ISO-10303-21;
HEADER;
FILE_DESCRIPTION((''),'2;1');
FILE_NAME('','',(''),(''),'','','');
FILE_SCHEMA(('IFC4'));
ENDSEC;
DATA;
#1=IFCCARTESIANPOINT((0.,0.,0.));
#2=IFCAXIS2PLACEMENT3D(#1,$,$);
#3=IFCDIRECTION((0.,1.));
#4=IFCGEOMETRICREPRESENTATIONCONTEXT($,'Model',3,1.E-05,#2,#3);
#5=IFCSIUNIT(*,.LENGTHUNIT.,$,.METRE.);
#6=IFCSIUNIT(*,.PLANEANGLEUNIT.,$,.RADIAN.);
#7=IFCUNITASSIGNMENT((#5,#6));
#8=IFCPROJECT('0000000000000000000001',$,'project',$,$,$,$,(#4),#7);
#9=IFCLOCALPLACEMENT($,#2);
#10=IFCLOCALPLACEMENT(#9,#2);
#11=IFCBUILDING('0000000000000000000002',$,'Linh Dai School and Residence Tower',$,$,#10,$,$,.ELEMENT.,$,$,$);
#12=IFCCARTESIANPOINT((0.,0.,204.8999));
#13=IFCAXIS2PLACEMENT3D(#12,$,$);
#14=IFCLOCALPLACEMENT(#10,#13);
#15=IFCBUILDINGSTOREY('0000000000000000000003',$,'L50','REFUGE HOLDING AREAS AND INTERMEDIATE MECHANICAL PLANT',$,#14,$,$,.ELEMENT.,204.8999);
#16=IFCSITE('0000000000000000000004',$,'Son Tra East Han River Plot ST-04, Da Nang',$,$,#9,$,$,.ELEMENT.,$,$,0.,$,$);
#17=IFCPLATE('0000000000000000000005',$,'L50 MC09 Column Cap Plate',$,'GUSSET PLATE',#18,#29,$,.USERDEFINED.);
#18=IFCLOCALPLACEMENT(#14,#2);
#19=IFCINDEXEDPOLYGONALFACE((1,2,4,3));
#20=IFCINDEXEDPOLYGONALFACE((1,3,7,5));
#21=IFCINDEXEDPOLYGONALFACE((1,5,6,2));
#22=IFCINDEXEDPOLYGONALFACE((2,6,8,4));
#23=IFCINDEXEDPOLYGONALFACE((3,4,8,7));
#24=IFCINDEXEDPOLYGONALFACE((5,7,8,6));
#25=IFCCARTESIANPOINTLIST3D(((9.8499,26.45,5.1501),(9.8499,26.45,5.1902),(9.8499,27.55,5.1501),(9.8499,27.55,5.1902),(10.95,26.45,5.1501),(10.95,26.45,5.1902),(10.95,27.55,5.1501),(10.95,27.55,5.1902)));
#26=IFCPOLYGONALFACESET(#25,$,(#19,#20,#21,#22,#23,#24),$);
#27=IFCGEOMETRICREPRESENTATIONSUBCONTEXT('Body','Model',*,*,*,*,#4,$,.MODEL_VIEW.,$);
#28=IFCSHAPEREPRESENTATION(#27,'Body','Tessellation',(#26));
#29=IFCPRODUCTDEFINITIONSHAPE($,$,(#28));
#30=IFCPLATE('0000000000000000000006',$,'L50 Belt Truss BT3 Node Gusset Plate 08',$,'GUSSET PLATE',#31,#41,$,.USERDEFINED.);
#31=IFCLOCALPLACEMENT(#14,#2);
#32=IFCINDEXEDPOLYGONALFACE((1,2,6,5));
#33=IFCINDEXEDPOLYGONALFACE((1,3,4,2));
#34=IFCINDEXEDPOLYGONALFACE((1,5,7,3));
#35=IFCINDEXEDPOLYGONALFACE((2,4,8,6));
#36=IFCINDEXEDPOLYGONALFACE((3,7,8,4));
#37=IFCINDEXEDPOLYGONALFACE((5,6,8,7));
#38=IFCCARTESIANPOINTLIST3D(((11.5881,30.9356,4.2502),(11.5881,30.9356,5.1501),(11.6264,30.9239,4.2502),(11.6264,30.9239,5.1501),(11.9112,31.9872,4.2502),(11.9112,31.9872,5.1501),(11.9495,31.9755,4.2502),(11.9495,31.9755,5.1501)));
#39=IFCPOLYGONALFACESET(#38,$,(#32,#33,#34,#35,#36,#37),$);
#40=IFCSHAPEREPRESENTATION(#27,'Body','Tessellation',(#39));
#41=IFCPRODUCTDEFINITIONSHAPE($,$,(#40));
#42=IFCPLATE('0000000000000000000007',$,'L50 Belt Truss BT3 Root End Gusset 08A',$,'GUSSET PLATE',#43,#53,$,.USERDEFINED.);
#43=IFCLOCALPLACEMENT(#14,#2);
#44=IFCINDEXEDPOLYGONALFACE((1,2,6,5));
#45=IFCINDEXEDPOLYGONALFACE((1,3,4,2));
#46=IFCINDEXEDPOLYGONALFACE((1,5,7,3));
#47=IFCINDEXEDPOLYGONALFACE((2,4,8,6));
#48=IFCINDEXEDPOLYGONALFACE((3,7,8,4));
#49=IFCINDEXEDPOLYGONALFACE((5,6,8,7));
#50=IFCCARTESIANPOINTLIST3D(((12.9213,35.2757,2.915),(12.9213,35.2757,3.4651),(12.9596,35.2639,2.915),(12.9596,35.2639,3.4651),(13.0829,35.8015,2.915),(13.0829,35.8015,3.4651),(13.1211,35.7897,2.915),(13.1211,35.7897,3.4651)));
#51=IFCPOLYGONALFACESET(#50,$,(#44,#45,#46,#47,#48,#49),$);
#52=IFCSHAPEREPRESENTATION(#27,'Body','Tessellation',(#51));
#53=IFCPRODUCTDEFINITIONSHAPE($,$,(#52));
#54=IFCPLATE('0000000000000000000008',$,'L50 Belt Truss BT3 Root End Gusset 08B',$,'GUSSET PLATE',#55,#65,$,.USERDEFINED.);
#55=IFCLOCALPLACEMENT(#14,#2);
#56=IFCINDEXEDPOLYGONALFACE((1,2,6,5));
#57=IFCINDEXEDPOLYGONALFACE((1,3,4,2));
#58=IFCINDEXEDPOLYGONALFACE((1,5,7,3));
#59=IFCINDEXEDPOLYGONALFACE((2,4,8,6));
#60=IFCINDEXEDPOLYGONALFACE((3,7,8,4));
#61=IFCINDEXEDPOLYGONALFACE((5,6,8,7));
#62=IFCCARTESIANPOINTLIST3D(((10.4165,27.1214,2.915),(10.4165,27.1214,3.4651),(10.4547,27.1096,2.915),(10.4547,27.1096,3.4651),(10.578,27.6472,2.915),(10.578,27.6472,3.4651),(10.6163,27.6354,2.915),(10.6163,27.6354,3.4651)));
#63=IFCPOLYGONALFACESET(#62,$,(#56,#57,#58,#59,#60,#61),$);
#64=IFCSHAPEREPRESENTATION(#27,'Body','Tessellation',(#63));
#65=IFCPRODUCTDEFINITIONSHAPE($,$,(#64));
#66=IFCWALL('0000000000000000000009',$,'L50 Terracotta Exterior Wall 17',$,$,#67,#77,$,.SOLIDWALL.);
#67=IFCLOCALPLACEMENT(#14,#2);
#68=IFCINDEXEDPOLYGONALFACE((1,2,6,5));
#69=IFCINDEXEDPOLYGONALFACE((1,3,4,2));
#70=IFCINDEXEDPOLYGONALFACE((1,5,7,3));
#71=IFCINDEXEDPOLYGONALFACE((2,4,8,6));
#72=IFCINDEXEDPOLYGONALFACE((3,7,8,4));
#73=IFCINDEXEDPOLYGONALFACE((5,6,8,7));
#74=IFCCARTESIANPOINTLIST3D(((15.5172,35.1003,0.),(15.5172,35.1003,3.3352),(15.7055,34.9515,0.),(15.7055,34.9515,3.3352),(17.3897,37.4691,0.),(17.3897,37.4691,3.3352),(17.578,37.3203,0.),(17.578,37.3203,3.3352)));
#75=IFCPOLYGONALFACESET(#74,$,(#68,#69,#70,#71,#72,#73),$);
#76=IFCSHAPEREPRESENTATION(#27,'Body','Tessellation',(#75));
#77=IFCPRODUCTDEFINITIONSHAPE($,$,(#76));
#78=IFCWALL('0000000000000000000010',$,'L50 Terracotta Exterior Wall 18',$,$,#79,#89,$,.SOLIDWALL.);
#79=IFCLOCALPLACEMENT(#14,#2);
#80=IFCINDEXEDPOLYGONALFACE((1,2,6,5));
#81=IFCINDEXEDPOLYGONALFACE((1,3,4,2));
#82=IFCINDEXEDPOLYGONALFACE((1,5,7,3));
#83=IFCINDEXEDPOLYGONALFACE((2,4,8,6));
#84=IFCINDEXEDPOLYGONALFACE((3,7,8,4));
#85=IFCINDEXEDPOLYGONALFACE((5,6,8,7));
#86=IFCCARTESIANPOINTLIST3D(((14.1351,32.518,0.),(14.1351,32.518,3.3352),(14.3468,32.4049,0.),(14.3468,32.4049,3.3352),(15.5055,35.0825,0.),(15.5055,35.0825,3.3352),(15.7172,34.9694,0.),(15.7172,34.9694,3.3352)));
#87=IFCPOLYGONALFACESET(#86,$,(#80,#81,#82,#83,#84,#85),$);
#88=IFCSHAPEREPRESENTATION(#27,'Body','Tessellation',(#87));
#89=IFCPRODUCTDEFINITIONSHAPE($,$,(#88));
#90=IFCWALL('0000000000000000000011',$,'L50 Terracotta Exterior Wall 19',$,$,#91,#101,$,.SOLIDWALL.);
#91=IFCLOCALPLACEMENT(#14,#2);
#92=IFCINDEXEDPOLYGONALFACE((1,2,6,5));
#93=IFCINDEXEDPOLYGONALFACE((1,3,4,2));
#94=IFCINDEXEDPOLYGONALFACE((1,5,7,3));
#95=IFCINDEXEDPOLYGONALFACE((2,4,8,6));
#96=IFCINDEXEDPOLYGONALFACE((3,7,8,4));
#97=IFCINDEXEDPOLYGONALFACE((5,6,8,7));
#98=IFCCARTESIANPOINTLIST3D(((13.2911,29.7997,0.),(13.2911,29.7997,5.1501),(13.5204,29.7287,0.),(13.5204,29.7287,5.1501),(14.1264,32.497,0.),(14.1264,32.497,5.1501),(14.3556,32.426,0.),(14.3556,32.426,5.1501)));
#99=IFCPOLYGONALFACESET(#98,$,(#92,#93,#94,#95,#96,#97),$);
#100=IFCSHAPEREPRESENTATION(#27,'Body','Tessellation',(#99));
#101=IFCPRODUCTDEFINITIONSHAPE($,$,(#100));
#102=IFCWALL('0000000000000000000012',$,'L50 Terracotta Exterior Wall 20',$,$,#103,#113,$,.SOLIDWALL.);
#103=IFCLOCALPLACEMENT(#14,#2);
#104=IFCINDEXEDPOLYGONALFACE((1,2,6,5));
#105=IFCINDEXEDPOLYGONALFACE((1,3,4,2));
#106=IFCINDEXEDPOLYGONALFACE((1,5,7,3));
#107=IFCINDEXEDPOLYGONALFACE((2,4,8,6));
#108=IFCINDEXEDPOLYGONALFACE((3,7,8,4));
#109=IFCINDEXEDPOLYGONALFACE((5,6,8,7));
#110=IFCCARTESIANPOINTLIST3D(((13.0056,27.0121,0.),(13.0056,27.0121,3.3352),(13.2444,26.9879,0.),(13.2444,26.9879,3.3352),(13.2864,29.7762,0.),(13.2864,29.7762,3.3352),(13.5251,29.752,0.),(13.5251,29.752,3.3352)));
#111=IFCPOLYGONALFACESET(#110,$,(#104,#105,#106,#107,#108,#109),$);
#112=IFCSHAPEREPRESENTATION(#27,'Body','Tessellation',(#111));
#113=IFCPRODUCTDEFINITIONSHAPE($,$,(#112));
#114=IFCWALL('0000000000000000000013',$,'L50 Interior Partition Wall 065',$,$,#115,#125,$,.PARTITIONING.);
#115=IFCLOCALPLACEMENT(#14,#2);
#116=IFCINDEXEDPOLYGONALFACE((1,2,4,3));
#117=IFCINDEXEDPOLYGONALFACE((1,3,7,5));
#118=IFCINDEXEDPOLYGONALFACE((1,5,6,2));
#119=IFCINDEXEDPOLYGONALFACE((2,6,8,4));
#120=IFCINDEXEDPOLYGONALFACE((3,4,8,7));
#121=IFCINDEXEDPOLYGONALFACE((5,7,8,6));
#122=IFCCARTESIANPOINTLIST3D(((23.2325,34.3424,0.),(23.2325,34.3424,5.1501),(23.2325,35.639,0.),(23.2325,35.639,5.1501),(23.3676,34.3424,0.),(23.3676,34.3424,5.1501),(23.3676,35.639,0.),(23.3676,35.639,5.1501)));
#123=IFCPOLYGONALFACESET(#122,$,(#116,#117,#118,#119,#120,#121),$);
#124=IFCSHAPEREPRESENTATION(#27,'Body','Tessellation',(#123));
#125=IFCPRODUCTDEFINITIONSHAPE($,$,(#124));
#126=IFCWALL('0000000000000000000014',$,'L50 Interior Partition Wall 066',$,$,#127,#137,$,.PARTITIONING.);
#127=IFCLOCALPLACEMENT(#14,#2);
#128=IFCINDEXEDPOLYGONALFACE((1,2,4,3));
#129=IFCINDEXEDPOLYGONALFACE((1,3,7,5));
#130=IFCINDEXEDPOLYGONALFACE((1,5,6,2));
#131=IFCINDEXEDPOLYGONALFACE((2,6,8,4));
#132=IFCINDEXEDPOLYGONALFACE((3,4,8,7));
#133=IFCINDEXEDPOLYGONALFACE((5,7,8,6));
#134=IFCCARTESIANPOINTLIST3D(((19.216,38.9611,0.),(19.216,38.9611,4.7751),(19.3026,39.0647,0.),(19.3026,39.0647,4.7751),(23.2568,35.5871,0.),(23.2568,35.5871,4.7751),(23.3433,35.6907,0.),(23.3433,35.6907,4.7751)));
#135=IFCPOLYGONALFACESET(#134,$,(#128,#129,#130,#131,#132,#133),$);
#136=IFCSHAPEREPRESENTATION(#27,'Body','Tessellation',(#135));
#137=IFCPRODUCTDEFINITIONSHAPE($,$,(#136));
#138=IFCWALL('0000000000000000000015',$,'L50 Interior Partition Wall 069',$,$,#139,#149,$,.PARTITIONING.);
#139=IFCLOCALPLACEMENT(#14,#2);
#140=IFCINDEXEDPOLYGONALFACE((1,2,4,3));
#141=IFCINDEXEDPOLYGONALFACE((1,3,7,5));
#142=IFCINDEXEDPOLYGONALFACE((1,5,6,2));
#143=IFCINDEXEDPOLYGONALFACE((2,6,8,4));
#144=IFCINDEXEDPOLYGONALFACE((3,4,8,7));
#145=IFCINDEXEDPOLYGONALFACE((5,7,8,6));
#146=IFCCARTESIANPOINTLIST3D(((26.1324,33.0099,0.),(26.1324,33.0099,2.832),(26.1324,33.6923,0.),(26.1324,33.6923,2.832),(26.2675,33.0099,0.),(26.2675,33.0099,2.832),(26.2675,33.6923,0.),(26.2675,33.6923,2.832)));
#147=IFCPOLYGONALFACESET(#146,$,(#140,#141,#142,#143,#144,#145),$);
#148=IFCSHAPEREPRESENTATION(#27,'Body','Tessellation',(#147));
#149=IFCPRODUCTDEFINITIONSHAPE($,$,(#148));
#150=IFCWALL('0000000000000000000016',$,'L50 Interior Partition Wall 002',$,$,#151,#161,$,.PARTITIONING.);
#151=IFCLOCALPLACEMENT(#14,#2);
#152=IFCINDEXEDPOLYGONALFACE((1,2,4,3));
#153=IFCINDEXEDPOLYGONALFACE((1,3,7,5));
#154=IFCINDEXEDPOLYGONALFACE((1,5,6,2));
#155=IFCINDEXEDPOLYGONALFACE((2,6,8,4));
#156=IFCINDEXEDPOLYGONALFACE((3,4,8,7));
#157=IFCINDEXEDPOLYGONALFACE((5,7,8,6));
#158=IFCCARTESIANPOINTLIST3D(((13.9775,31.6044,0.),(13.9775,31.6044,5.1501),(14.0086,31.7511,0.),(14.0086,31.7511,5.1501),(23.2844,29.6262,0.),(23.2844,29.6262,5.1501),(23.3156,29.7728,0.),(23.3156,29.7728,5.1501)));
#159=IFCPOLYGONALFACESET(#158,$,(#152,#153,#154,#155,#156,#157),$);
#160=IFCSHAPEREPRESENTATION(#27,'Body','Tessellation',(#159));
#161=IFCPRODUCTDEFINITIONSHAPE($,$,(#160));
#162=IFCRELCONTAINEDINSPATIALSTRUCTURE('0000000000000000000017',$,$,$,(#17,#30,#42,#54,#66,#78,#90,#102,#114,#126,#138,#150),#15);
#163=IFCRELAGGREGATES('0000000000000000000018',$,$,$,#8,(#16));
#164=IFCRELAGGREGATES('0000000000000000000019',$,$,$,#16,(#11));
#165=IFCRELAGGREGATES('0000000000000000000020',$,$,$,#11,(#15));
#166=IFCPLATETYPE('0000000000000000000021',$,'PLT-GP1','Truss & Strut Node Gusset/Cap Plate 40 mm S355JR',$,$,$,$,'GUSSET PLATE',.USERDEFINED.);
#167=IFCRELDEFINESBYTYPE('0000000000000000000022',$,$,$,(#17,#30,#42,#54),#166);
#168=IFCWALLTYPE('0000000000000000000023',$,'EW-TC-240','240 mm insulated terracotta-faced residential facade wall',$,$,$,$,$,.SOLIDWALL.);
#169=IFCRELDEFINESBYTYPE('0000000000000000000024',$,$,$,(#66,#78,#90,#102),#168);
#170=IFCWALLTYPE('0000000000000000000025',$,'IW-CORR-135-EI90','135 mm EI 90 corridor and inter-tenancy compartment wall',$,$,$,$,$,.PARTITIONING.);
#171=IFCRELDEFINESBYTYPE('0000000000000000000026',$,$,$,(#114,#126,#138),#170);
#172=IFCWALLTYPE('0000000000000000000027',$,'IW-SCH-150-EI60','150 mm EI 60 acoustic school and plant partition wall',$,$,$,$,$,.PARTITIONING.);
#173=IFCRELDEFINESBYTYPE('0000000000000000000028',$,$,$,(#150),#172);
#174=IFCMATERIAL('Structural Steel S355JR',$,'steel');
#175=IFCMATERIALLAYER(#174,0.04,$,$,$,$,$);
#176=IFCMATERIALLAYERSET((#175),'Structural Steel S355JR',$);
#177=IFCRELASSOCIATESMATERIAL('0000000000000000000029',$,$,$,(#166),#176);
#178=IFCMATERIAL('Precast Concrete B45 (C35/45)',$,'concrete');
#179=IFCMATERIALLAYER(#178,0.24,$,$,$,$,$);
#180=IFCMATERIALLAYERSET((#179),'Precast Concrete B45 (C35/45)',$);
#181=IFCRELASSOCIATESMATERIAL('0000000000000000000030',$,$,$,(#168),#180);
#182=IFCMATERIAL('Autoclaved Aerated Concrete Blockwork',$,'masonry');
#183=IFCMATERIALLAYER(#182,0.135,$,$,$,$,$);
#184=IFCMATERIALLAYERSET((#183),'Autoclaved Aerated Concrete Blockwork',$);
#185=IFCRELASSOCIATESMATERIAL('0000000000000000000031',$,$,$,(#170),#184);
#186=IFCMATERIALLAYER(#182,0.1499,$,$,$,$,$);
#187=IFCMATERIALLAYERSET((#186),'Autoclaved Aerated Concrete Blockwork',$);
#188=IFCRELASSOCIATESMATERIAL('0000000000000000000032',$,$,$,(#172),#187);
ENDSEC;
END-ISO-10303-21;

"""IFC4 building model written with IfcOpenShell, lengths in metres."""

from ifc_helpers import new_model, si_unit, direction, frame, frame_2d, origin, origin_2d, place, context, subcontext, project, spatial, rectangle, extrude, source, transform, mapped, material, layer, layer_set, type_object, element, save


model = new_model("IFC4")

# Units and contexts
model_context = context("Model", 3, precision=1e-05, world=origin(), true_north=direction((0.0, 1.0)))
body_context = subcontext(model_context, "Body", "Model", "MODEL_VIEW")
ifc_project = project(units=[si_unit("LENGTHUNIT", "METRE"), si_unit("PLANEANGLEUNIT", "RADIAN")], contexts=[model_context])

# Site, building, storey
site_placement = place(None, origin())
site = spatial("IfcSite", under=ifc_project, at=site_placement, Name="Son Tra East Han River Plot ST-04, Da Nang", CompositionType="ELEMENT", RefElevation=0.0)
building_placement = place(site_placement, origin())
building = spatial("IfcBuilding", under=site, at=building_placement, Name="Linh Dai School and Residence Tower", CompositionType="ELEMENT")
storey_placement = place(building_placement, frame((0.0, 0.0, 204.8999)))
storey = spatial("IfcBuildingStorey", under=building, at=storey_placement, Name="L50", Description="REFUGE HOLDING AREAS AND INTERMEDIATE MECHANICAL PLANT", CompositionType="ELEMENT", Elevation=204.8999)

# Shared definitions
ifc_material_1 = material(Name="Structural Steel S355JR", Category="steel")

# Plates
ifc_layer_1 = layer(ifc_material_1, 0.04)
ifc_layer_set_1 = layer_set([ifc_layer_1], Name="Structural Steel S355JR")
plate_type = type_object("IfcPlateType", Name="PLT-GP1", Description="Truss & Strut Node Gusset/Cap Plate 40 mm S355JR", ElementType="GUSSET PLATE", PredefinedType="USERDEFINED", material=ifc_layer_set_1)
shared_shape_1 = source(origin(), body_context, "Body", "SweptSolid", [
    extrude(rectangle(XDim=1.1001, YDim=1.1001, at=origin_2d()), origin(), (0.0, 0.0, 1.0), 0.04),
])
plate_1_placement = place(storey_placement, frame((10.3999, 27.0, 5.1501), z_axis=(0.0, 0.0, 1.0), x_axis=(1.0, 0.0, 0.0)))
element("IfcPlate", 1, at=plate_1_placement, inside=storey, type_object=plate_type, Name="L50 MC09 Column Cap Plate", ObjectType="GUSSET PLATE", PredefinedType="USERDEFINED", context=body_context, shape_type="MappedRepresentation", body=[
    mapped(shared_shape_1, transform((0.0, 0.0, 0.0), x_axis=(1.0, 0.0, 0.0), y_axis=(0.0, 1.0, 0.0), z_axis=(0.0, 0.0, 1.0), scale=1.0)),
])
shared_shape_2 = source(origin(), body_context, "Body", "SweptSolid", [
    extrude(rectangle(XDim=1.1001, YDim=0.04, at=origin_2d()), origin(), (0.0, 0.0, 1.0), 0.8999),
])
plate_2_placement = place(storey_placement, frame((11.7688, 31.4556, 4.2502), z_axis=(0.0, 0.0, 1.0), x_axis=(-0.293644, -0.955915, 0.0)))
element("IfcPlate", 2, at=plate_2_placement, inside=storey, type_object=plate_type, Name="L50 Belt Truss BT3 Node Gusset Plate 08", ObjectType="GUSSET PLATE", PredefinedType="USERDEFINED", context=body_context, shape_type="MappedRepresentation", body=[
    mapped(shared_shape_2, transform((0.0, 0.0, 0.0), x_axis=(1.0, 0.0, 0.0), y_axis=(0.0, 1.0, 0.0), z_axis=(0.0, 0.0, 1.0), scale=1.0)),
])
shared_shape_3 = source(origin(), body_context, "Body", "SweptSolid", [
    extrude(rectangle(XDim=0.55, YDim=0.04, at=origin_2d()), origin(), (0.0, 0.0, 1.0), 0.55),
])
for number, where, z_axis, x_axis, name in (
    (3, (13.0212, 35.5327, 2.915), (0.0, 0.0, 1.0), (-0.293644, -0.955915, 0.0), "L50 Belt Truss BT3 Root End Gusset 08A"),
    (4, (10.5164, 27.3784, 2.915), (0.0, 0.0, 1.0), (-0.293644, -0.955915, 0.0), "L50 Belt Truss BT3 Root End Gusset 08B"),
):
    element("IfcPlate", number, at=place(storey_placement, frame(where, z_axis=z_axis, x_axis=x_axis)), inside=storey, type_object=plate_type, Name=name, ObjectType="GUSSET PLATE", PredefinedType="USERDEFINED", context=body_context, shape_type="MappedRepresentation", body=[
        mapped(shared_shape_3, transform((0.0, 0.0, 0.0), x_axis=(1.0, 0.0, 0.0), y_axis=(0.0, 1.0, 0.0), z_axis=(0.0, 0.0, 1.0), scale=1.0)),
    ])

# Walls
ifc_material_2 = material(Name="Precast Concrete B45 (C35/45)", Category="concrete")
ifc_layer_2 = layer(ifc_material_2, 0.24)
ifc_layer_set_2 = layer_set([ifc_layer_2], Name="Precast Concrete B45 (C35/45)")
wall_type_1 = type_object("IfcWallType", Name="EW-TC-240", Description="240 mm insulated terracotta-faced residential facade wall", PredefinedType="SOLIDWALL", material=ifc_layer_set_2)
wall_1_placement = place(storey_placement, frame((15.6113, 35.0259, 0.0), z_axis=(0.0, 0.0, 1.0), x_axis=(0.620129, 0.7845, 0.0)))
element("IfcWall", 5, at=wall_1_placement, inside=storey, type_object=wall_type_1, Name="L50 Terracotta Exterior Wall 17", PredefinedType="SOLIDWALL", context=body_context, shape_type="SweptSolid", body=[
    extrude(rectangle(XDim=3.0195, YDim=0.24, at=frame_2d((1.5098, 0.0))), origin(), (0.0, 0.0, 1.0), 3.3352),
])
wall_2_placement = place(storey_placement, frame((14.241, 32.4614, 0.0), z_axis=(0.0, 0.0, 1.0), x_axis=(0.471298, 0.881974, 0.0)))
element("IfcWall", 6, at=wall_2_placement, inside=storey, type_object=wall_type_1, Name="L50 Terracotta Exterior Wall 18", PredefinedType="SOLIDWALL", context=body_context, shape_type="SweptSolid", body=[
    extrude(rectangle(XDim=2.9077, YDim=0.24, at=frame_2d((1.4539, 0.0))), origin(), (0.0, 0.0, 1.0), 3.3352),
])
wall_3_placement = place(storey_placement, frame((13.4058, 29.7642, 0.0), z_axis=(0.0, 0.0, 1.0), x_axis=(0.295793, 0.955252, 0.0)))
element("IfcWall", 7, at=wall_3_placement, inside=storey, type_object=wall_type_1, Name="L50 Terracotta Exterior Wall 19", PredefinedType="SOLIDWALL", context=body_context, shape_type="SweptSolid", body=[
    extrude(rectangle(XDim=2.8237, YDim=0.24, at=frame_2d((1.4119, 0.0))), origin(), (0.0, 0.0, 1.0), 5.1501),
])
wall_4_placement = place(storey_placement, frame((13.125, 27.0, 0.0), z_axis=(0.0, 0.0, 1.0), x_axis=(0.101052, 0.994881, 0.0)))
element("IfcWall", 8, at=wall_4_placement, inside=storey, type_object=wall_type_1, Name="L50 Terracotta Exterior Wall 20", PredefinedType="SOLIDWALL", context=body_context, shape_type="SweptSolid", body=[
    extrude(rectangle(XDim=2.7783, YDim=0.24, at=frame_2d((1.3892, 0.0))), origin(), (0.0, 0.0, 1.0), 3.3352),
])
ifc_material_3 = material(Name="Autoclaved Aerated Concrete Blockwork", Category="masonry")
ifc_layer_3 = layer(ifc_material_3, 0.135)
ifc_layer_set_3 = layer_set([ifc_layer_3], Name="Autoclaved Aerated Concrete Blockwork")
wall_type_2 = type_object("IfcWallType", Name="IW-CORR-135-EI90", Description="135 mm EI 90 corridor and inter-tenancy compartment wall", PredefinedType="PARTITIONING", material=ifc_layer_set_3)
wall_5_placement = place(storey_placement, frame((23.3, 34.3423, 0.0), z_axis=(0.0, 0.0, 1.0), x_axis=(0.0, 1.0, 0.0)))
element("IfcWall", 9, at=wall_5_placement, inside=storey, type_object=wall_type_2, Name="L50 Interior Partition Wall 065", PredefinedType="PARTITIONING", context=body_context, shape_type="SweptSolid", body=[
    extrude(rectangle(XDim=1.2966, YDim=0.135, at=frame_2d((0.6484, 0.0))), origin(), (0.0, 0.0, 1.0), 5.1501),
])
wall_6_placement = place(storey_placement, frame((23.3, 35.6389, 0.0), z_axis=(0.0, 0.0, 1.0), x_axis=(-0.767594, 0.640937, 0.0)))
element("IfcWall", 10, at=wall_6_placement, inside=storey, type_object=wall_type_2, Name="L50 Interior Partition Wall 066", PredefinedType="PARTITIONING", context=body_context, shape_type="SweptSolid", body=[
    extrude(rectangle(XDim=5.2642, YDim=0.135, at=frame_2d((2.6321, 0.0))), origin(), (0.0, 0.0, 1.0), 4.7751),
])
wall_7_placement = place(storey_placement, frame((26.2, 33.6924, 0.0), z_axis=(0.0, 0.0, 1.0), x_axis=(0.0, -1.0, 0.0)))
element("IfcWall", 11, at=wall_7_placement, inside=storey, type_object=wall_type_2, Name="L50 Interior Partition Wall 069", PredefinedType="PARTITIONING", context=body_context, shape_type="SweptSolid", body=[
    extrude(rectangle(XDim=0.6824, YDim=0.135, at=frame_2d((0.3413, 0.0))), origin(), (0.0, 0.0, 1.0), 2.832),
])
ifc_layer_4 = layer(ifc_material_3, 0.1499)
ifc_layer_set_4 = layer_set([ifc_layer_4], Name="Autoclaved Aerated Concrete Blockwork")
wall_type_3 = type_object("IfcWallType", Name="IW-SCH-150-EI60", Description="150 mm EI 60 acoustic school and plant partition wall", PredefinedType="PARTITIONING", material=ifc_layer_set_4)
wall_8_placement = place(storey_placement, frame((13.9932, 31.6777, 0.0), z_axis=(0.0, 0.0, 1.0), x_axis=(0.978147, -0.207915, 0.0)))
element("IfcWall", 12, at=wall_8_placement, inside=storey, type_object=wall_type_3, Name="L50 Interior Partition Wall 002", PredefinedType="PARTITIONING", context=body_context, shape_type="SweptSolid", body=[
    extrude(rectangle(XDim=9.5149, YDim=0.1499, at=frame_2d((4.7573, 0.0))), origin(), (0.0, 0.0, 1.0), 5.1501),
])

save(model, "model.ifc")
